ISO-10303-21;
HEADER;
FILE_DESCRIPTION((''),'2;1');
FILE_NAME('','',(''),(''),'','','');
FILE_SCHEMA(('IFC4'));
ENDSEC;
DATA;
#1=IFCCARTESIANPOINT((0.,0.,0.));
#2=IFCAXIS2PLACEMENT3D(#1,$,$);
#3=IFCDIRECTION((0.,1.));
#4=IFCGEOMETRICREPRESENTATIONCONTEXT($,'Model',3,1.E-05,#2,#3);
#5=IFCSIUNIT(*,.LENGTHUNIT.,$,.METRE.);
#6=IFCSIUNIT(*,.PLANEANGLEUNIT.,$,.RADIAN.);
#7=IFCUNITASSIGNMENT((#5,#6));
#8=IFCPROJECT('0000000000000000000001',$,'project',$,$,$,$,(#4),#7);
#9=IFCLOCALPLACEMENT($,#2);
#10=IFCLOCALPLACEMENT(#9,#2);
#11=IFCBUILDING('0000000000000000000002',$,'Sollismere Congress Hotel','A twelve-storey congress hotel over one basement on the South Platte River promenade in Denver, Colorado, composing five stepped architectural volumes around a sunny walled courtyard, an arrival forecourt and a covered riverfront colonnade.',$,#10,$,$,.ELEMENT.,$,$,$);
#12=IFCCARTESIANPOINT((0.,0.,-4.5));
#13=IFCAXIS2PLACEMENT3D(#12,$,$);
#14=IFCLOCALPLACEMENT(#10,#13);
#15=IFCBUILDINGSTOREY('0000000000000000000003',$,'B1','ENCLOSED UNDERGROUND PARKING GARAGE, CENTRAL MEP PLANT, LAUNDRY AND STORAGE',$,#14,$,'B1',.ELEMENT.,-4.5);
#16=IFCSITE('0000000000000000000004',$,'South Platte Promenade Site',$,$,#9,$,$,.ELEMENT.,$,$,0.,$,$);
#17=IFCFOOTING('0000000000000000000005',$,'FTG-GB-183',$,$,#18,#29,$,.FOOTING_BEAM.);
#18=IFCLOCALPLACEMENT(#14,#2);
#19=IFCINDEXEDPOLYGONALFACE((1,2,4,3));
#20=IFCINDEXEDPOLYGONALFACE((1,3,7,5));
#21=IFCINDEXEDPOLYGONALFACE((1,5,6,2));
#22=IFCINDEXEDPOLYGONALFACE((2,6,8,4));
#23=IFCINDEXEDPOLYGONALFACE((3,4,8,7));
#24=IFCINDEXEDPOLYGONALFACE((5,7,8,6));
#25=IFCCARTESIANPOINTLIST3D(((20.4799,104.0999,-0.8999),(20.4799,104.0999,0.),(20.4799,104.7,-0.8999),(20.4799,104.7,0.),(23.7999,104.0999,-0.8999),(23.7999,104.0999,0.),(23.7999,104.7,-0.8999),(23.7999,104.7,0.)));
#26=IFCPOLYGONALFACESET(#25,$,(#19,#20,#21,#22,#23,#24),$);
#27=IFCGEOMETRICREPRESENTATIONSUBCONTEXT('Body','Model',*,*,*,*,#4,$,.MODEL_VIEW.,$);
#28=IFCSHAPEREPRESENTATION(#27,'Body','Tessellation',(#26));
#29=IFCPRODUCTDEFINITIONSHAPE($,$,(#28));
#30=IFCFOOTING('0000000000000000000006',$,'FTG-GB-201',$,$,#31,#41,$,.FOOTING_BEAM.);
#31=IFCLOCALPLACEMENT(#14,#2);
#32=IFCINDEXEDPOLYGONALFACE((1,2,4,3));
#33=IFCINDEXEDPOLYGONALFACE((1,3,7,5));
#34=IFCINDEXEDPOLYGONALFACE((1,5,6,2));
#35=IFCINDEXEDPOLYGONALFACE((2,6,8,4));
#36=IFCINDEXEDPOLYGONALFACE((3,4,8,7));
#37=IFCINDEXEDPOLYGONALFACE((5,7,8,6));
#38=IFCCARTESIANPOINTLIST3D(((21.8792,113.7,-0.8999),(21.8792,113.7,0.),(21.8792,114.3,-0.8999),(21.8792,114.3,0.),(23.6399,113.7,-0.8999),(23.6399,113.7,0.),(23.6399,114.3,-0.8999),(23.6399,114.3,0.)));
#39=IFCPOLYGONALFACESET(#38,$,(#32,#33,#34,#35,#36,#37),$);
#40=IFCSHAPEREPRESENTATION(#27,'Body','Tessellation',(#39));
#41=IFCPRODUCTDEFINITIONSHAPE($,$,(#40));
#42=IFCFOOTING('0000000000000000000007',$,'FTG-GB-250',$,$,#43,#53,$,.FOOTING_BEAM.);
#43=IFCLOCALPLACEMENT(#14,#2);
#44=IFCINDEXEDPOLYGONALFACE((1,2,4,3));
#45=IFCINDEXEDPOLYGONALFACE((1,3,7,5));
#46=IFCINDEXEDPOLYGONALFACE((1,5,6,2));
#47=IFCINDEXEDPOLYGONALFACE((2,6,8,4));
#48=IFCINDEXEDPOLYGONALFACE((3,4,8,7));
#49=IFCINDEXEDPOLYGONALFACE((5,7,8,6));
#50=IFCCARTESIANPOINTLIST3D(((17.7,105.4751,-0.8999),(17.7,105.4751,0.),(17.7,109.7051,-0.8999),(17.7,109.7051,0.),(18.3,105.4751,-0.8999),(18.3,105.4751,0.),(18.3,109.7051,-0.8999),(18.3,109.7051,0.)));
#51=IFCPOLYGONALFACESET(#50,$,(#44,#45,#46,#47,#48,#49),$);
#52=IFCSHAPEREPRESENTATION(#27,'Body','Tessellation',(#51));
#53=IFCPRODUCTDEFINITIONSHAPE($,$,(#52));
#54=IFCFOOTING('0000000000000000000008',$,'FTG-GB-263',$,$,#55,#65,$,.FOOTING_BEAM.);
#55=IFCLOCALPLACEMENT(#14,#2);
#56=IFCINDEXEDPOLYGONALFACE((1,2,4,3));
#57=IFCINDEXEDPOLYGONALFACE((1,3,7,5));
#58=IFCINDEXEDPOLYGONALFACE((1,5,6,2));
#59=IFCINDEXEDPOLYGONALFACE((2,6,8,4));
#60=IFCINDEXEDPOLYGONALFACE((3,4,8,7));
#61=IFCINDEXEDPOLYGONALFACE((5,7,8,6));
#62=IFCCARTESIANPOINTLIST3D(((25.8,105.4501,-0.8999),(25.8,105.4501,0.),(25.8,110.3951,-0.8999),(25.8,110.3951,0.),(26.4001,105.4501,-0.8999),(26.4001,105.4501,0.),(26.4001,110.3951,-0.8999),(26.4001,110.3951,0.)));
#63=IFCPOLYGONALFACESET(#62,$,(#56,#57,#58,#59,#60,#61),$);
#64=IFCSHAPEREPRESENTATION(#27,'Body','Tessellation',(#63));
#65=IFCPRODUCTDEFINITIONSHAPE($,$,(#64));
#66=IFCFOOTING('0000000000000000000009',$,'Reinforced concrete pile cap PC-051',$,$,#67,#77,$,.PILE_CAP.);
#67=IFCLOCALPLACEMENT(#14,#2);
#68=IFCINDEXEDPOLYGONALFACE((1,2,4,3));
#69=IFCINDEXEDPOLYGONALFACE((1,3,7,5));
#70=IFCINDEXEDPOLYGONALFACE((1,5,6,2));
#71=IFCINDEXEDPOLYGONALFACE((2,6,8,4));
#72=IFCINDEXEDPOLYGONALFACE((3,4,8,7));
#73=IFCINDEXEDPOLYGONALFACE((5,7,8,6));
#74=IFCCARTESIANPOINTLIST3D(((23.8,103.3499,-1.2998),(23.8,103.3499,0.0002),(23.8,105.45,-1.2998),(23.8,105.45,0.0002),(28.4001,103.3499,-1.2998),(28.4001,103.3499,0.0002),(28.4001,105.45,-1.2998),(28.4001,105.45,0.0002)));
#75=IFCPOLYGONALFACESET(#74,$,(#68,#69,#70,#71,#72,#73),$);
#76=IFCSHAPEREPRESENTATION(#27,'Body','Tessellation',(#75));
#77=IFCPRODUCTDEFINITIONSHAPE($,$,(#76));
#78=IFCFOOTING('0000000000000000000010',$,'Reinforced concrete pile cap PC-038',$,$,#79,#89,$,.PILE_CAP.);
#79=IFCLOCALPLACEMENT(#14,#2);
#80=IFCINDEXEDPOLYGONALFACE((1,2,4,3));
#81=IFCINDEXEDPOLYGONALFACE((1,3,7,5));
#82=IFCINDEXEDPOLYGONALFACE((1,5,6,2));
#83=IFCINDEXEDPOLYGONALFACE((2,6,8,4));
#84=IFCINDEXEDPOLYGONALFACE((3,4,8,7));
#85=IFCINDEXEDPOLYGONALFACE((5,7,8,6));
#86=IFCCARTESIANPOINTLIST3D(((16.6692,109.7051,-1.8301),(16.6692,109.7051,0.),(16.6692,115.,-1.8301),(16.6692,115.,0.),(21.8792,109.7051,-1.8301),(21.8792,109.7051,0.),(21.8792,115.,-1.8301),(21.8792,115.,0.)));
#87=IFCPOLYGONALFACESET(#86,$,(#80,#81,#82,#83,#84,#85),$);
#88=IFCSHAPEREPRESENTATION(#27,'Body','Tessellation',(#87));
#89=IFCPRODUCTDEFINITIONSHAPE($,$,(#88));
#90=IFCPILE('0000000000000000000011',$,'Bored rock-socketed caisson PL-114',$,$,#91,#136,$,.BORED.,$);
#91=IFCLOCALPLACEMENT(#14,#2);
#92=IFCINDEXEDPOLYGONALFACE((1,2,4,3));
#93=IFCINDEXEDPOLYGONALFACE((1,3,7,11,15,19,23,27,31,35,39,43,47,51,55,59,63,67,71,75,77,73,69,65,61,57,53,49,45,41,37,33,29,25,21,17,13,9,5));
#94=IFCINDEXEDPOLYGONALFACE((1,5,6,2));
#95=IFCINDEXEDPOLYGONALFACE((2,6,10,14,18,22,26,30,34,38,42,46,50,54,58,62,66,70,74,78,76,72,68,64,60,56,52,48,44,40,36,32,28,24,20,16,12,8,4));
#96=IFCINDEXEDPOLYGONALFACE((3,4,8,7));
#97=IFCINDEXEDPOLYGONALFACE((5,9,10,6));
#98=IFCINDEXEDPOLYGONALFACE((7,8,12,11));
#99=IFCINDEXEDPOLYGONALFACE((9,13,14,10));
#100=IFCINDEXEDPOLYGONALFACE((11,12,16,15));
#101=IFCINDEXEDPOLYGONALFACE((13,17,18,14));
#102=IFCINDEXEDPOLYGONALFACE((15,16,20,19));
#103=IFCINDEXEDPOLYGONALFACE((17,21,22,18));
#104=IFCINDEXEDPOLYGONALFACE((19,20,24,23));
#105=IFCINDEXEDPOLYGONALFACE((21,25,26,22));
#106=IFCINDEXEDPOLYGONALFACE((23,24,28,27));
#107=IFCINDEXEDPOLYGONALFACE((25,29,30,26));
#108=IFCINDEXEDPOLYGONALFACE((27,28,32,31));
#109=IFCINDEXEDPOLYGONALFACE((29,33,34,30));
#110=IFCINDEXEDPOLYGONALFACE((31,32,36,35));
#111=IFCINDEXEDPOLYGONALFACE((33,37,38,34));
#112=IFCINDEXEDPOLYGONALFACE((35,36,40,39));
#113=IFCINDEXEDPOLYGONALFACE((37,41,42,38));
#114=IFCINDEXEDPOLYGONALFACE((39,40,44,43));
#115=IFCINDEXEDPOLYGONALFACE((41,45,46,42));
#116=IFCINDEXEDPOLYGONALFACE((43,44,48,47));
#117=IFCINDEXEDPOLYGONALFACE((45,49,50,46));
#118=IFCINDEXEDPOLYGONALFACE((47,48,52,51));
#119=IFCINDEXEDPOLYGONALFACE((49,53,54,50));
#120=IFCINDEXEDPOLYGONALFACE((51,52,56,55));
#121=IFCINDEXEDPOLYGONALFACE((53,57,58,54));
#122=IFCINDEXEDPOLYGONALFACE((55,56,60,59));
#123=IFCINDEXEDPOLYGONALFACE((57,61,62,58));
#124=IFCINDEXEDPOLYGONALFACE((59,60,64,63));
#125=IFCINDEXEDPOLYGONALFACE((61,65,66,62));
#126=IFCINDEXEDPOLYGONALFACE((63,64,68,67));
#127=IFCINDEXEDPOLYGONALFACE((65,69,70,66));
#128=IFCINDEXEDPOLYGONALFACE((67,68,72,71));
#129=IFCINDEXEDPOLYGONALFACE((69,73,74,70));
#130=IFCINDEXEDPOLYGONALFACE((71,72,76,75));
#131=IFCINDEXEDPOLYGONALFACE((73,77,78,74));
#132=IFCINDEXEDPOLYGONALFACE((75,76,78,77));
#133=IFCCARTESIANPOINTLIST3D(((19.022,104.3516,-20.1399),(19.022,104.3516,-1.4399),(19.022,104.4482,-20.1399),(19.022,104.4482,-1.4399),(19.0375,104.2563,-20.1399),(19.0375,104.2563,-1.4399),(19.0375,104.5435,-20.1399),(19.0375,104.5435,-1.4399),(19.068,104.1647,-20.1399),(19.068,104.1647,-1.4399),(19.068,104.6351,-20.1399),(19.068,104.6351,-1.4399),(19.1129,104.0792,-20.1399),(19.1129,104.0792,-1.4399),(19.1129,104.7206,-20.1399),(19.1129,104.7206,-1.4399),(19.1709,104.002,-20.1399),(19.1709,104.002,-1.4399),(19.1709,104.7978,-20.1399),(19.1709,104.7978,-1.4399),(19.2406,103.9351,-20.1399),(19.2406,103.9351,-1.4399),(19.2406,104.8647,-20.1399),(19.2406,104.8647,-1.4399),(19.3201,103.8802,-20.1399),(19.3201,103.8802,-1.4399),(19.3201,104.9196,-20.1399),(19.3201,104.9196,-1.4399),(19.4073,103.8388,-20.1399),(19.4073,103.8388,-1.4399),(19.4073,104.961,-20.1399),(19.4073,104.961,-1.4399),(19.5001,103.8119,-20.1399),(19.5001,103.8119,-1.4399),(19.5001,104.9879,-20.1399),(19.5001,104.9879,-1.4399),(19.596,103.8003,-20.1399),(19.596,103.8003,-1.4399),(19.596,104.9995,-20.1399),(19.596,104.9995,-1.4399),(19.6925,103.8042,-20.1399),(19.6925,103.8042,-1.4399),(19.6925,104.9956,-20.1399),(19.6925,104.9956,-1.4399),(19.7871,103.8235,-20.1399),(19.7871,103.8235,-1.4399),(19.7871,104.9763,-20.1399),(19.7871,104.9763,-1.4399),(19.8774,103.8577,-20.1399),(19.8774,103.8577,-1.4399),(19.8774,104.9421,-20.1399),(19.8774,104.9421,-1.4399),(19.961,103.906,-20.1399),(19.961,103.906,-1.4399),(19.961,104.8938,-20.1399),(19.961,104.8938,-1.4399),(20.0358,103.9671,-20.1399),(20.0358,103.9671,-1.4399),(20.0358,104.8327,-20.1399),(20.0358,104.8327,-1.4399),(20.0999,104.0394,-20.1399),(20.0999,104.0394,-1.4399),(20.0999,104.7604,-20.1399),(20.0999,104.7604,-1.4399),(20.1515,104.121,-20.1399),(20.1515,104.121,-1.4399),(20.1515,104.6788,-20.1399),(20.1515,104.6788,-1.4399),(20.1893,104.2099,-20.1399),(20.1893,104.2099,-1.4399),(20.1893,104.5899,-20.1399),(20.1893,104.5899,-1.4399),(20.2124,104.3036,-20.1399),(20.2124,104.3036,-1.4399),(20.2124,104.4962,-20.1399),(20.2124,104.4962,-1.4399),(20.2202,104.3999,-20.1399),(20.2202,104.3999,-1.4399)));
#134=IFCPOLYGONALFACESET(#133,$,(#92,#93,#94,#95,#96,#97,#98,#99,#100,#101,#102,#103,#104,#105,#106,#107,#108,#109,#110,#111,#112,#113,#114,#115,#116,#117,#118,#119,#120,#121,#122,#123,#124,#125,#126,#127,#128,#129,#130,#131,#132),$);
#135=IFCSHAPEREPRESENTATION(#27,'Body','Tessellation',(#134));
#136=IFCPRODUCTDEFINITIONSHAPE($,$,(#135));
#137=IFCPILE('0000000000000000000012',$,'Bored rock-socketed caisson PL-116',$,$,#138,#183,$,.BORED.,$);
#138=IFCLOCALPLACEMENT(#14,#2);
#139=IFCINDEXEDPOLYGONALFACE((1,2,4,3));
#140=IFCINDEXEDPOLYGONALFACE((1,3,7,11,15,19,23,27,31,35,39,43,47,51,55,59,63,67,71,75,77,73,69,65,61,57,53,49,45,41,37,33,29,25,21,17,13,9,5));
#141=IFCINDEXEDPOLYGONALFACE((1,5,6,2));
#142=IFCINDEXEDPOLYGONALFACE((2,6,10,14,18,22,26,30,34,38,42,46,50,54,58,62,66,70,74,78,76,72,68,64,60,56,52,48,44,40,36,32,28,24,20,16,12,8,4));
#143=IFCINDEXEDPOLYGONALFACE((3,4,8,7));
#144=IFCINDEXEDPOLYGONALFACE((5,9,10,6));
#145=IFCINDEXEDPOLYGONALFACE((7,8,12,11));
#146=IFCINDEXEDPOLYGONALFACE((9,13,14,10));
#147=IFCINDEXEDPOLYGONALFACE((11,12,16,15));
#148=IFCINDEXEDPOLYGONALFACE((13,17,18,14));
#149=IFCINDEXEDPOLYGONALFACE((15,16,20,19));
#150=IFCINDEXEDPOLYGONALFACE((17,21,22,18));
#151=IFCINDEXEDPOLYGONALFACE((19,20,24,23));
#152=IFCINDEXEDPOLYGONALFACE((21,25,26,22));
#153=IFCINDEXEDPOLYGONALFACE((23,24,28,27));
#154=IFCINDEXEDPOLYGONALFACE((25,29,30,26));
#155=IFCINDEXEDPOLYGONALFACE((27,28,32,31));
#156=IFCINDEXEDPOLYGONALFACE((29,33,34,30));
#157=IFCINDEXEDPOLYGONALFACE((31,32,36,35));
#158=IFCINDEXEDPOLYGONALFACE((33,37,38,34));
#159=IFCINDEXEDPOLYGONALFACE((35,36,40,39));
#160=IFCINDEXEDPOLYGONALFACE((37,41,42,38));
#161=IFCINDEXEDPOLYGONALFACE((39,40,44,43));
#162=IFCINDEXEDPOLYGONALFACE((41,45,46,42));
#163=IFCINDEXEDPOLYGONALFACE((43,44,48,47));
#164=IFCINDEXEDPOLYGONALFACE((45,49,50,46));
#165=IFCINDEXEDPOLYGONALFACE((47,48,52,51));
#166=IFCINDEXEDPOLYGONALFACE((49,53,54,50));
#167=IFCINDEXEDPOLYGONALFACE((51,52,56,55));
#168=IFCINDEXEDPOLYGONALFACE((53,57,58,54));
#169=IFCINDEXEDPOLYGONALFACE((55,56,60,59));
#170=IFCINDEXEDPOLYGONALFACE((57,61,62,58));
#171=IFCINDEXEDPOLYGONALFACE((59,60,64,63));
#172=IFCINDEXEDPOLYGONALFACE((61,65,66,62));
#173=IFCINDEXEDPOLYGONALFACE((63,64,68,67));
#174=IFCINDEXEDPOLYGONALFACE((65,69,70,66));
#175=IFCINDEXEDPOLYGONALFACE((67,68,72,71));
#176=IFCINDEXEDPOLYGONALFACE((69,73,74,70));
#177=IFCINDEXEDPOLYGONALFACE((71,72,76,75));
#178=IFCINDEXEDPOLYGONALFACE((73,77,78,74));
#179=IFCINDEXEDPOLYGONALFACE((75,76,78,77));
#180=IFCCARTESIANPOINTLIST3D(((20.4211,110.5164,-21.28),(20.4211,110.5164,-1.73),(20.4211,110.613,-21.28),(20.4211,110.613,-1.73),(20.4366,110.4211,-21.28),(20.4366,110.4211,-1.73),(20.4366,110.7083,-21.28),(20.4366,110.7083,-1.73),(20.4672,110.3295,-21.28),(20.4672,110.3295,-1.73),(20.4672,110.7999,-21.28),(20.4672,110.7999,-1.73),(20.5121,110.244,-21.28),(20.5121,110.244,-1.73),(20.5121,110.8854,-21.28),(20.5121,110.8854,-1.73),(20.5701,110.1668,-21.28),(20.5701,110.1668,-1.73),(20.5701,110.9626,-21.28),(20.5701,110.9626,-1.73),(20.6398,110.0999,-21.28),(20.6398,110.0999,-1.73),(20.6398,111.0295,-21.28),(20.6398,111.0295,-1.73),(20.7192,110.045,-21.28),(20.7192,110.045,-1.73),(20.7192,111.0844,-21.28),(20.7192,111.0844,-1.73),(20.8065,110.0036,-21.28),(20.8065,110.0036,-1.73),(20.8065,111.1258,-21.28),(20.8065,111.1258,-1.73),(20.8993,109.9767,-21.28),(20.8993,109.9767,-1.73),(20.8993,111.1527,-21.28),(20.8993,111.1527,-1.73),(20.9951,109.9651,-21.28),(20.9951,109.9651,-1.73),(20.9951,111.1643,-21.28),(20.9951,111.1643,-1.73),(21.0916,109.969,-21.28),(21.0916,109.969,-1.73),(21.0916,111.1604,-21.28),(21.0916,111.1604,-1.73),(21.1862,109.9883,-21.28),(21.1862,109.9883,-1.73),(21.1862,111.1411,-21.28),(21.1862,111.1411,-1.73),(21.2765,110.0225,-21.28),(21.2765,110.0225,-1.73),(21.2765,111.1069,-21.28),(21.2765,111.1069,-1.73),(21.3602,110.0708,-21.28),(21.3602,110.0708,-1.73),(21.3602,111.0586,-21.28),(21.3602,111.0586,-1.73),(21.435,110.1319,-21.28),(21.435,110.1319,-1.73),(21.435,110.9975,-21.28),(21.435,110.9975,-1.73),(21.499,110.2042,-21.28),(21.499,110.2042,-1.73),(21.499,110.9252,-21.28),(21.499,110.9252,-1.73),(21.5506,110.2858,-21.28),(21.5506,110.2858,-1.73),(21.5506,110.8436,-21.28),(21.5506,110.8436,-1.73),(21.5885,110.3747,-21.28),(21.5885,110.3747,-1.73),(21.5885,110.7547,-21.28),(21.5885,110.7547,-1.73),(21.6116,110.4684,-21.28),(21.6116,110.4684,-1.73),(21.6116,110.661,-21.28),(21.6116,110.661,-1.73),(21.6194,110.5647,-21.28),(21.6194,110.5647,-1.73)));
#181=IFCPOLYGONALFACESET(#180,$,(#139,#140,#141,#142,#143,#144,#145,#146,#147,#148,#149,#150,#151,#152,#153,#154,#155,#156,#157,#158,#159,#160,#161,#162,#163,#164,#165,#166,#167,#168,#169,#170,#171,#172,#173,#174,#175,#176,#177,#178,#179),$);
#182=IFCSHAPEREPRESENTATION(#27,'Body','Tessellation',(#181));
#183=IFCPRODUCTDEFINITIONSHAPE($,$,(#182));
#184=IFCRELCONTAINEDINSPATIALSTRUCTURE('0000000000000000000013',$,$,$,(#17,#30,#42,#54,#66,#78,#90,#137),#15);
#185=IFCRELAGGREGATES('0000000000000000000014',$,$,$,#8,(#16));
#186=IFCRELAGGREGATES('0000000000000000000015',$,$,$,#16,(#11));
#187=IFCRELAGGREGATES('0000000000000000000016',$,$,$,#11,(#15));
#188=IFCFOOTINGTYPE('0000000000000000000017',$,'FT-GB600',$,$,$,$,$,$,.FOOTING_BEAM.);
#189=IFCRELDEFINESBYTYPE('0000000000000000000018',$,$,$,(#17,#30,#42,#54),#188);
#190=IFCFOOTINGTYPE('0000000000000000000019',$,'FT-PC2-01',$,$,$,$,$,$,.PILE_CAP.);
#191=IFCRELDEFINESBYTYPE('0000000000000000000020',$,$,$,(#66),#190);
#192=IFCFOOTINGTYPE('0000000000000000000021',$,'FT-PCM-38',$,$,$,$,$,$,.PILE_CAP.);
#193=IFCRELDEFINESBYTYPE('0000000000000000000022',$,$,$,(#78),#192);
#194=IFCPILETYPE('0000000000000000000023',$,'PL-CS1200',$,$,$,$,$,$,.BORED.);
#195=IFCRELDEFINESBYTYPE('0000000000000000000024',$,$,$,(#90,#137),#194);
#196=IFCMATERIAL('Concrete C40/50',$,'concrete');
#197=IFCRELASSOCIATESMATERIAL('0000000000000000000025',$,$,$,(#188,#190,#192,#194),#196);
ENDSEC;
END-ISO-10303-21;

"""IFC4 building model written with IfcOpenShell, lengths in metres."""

from ifc_helpers import new_model, si_unit, direction, frame, origin, origin_2d, place, context, subcontext, project, spatial, rectangle, circle, extrude, material, material_profile, profile_set, type_object, element, save


model = new_model("IFC4")

# Units and contexts
model_context = context("Model", 3, precision=1e-05, world=origin(), true_north=direction((0.0, 1.0)))
body_context = subcontext(model_context, "Body", "Model", "MODEL_VIEW")
ifc_project = project(units=[si_unit("LENGTHUNIT", "METRE"), si_unit("PLANEANGLEUNIT", "RADIAN")], contexts=[model_context])

# Site, building, storey
site_placement = place(None, origin())
site = spatial("IfcSite", under=ifc_project, at=site_placement, Name="South Platte Promenade Site", CompositionType="ELEMENT", RefElevation=0.0)
building_placement = place(site_placement, origin())
building = spatial("IfcBuilding", under=site, at=building_placement, Name="Sollismere Congress Hotel", Description="A twelve-storey congress hotel over one basement on the South Platte River promenade in Denver, Colorado, composing five stepped architectural volumes around a sunny walled courtyard, an arrival forecourt and a covered riverfront colonnade.", CompositionType="ELEMENT")
storey_placement = place(building_placement, frame((0.0, 0.0, -4.5)))
storey = spatial("IfcBuildingStorey", under=building, at=storey_placement, Name="B1", Description="ENCLOSED UNDERGROUND PARKING GARAGE, CENTRAL MEP PLANT, LAUNDRY AND STORAGE", LongName="B1", CompositionType="ELEMENT", Elevation=-4.5)

# Footings
ifc_material_1 = material(Name="Concrete C40/50", Category="concrete")
footing_type_1 = type_object("IfcFootingType", Name="FT-GB600", PredefinedType="FOOTING_BEAM", material=ifc_material_1)
footing_1_placement = place(storey_placement, frame((22.1399, 104.3999, -0.8999), z_axis=(0.0, 0.0, 1.0), x_axis=(1.0, 0.0, 0.0)))
element("IfcFooting", 1, at=footing_1_placement, inside=storey, type_object=footing_type_1, Name="FTG-GB-183", PredefinedType="FOOTING_BEAM", context=body_context, shape_type="SweptSolid", body=[
    extrude(rectangle(XDim=3.3201, YDim=0.6001, at=origin_2d()), origin(), (0.0, 0.0, 1.0), 0.8999),
])
footing_2_placement = place(storey_placement, frame((22.7595, 114.0, -0.8999), z_axis=(0.0, 0.0, 1.0), x_axis=(1.0, 0.0, 0.0)))
element("IfcFooting", 2, at=footing_2_placement, inside=storey, type_object=footing_type_1, Name="FTG-GB-201", PredefinedType="FOOTING_BEAM", context=body_context, shape_type="SweptSolid", body=[
    extrude(rectangle(XDim=1.7607, YDim=0.6001, at=origin_2d()), origin(), (0.0, 0.0, 1.0), 0.8999),
])
footing_3_placement = place(storey_placement, frame((18.0, 107.5901, -0.8999), z_axis=(0.0, 0.0, 1.0), x_axis=(0.0, 1.0, 0.0)))
element("IfcFooting", 3, at=footing_3_placement, inside=storey, type_object=footing_type_1, Name="FTG-GB-250", PredefinedType="FOOTING_BEAM", context=body_context, shape_type="SweptSolid", body=[
    extrude(rectangle(XDim=4.23, YDim=0.6001, at=origin_2d()), origin(), (0.0, 0.0, 1.0), 0.8999),
])
footing_4_placement = place(storey_placement, frame((26.1001, 107.9226, -0.8999), z_axis=(0.0, 0.0, 1.0), x_axis=(0.0, 1.0, 0.0)))
element("IfcFooting", 4, at=footing_4_placement, inside=storey, type_object=footing_type_1, Name="FTG-GB-263", PredefinedType="FOOTING_BEAM", context=body_context, shape_type="SweptSolid", body=[
    extrude(rectangle(XDim=4.9451, YDim=0.6001, at=origin_2d()), origin(), (0.0, 0.0, 1.0), 0.8999),
])
footing_type_2 = type_object("IfcFootingType", Name="FT-PC2-01", PredefinedType="PILE_CAP", material=ifc_material_1)
footing_5_placement = place(storey_placement, frame((26.1001, 104.3999, -1.2998), z_axis=(0.0, 0.0, 1.0), x_axis=(1.0, 0.0, 0.0)))
element("IfcFooting", 5, at=footing_5_placement, inside=storey, type_object=footing_type_2, Name="Reinforced concrete pile cap PC-051", PredefinedType="PILE_CAP", context=body_context, shape_type="SweptSolid", body=[
    extrude(rectangle(XDim=4.6001, YDim=2.1001, at=origin_2d()), origin(), (0.0, 0.0, 1.0), 1.3),
])
footing_type_3 = type_object("IfcFootingType", Name="FT-PCM-38", PredefinedType="PILE_CAP", material=ifc_material_1)
footing_6_placement = place(storey_placement, frame((19.2742, 112.3525, -1.8301), z_axis=(0.0, 0.0, 1.0), x_axis=(1.0, 0.0, 0.0)))
element("IfcFooting", 6, at=footing_6_placement, inside=storey, type_object=footing_type_3, Name="Reinforced concrete pile cap PC-038", PredefinedType="PILE_CAP", context=body_context, shape_type="SweptSolid", body=[
    extrude(rectangle(XDim=5.21, YDim=5.2949, at=origin_2d()), origin(), (0.0, 0.0, 1.0), 1.8301),
])

# Piles
ifc_material_profile_1 = material_profile(ifc_material_1, circle(Radius=0.6001, at=origin_2d()), Name="CAISSON1200")
ifc_profile_set_1 = profile_set([ifc_material_profile_1], Name="Concrete C40/50")
pile_type = type_object("IfcPileType", Name="PL-CS1200", PredefinedType="BORED", material=ifc_profile_set_1)
pile_1_placement = place(storey_placement, frame((19.6201, 104.3999, -1.4399), z_axis=(0.0, 0.0, -1.0), x_axis=(1.0, 0.0, 0.0)))
element("IfcPile", 7, at=pile_1_placement, inside=storey, type_object=pile_type, Name="Bored rock-socketed caisson PL-114", PredefinedType="BORED", context=body_context, shape_type="SweptSolid", body=[
    extrude(circle(Radius=0.6001, at=origin_2d()), origin(), (0.0, 0.0, 1.0), 18.7),
])
for number, where, z_axis, x_axis, name in (
    (8, (21.0193, 110.5647, -1.73), (0.0, 0.0, -1.0), (1.0, 0.0, 0.0), "Bored rock-socketed caisson PL-116"),
):
    element("IfcPile", number, at=place(storey_placement, frame(where, z_axis=z_axis, x_axis=x_axis)), inside=storey, type_object=pile_type, Name=name, PredefinedType="BORED", context=body_context, shape_type="SweptSolid", body=[
        extrude(circle(Radius=0.6001, at=origin_2d()), origin(), (0.0, 0.0, 1.0), 19.55),
    ])

save(model, "model.ifc")
